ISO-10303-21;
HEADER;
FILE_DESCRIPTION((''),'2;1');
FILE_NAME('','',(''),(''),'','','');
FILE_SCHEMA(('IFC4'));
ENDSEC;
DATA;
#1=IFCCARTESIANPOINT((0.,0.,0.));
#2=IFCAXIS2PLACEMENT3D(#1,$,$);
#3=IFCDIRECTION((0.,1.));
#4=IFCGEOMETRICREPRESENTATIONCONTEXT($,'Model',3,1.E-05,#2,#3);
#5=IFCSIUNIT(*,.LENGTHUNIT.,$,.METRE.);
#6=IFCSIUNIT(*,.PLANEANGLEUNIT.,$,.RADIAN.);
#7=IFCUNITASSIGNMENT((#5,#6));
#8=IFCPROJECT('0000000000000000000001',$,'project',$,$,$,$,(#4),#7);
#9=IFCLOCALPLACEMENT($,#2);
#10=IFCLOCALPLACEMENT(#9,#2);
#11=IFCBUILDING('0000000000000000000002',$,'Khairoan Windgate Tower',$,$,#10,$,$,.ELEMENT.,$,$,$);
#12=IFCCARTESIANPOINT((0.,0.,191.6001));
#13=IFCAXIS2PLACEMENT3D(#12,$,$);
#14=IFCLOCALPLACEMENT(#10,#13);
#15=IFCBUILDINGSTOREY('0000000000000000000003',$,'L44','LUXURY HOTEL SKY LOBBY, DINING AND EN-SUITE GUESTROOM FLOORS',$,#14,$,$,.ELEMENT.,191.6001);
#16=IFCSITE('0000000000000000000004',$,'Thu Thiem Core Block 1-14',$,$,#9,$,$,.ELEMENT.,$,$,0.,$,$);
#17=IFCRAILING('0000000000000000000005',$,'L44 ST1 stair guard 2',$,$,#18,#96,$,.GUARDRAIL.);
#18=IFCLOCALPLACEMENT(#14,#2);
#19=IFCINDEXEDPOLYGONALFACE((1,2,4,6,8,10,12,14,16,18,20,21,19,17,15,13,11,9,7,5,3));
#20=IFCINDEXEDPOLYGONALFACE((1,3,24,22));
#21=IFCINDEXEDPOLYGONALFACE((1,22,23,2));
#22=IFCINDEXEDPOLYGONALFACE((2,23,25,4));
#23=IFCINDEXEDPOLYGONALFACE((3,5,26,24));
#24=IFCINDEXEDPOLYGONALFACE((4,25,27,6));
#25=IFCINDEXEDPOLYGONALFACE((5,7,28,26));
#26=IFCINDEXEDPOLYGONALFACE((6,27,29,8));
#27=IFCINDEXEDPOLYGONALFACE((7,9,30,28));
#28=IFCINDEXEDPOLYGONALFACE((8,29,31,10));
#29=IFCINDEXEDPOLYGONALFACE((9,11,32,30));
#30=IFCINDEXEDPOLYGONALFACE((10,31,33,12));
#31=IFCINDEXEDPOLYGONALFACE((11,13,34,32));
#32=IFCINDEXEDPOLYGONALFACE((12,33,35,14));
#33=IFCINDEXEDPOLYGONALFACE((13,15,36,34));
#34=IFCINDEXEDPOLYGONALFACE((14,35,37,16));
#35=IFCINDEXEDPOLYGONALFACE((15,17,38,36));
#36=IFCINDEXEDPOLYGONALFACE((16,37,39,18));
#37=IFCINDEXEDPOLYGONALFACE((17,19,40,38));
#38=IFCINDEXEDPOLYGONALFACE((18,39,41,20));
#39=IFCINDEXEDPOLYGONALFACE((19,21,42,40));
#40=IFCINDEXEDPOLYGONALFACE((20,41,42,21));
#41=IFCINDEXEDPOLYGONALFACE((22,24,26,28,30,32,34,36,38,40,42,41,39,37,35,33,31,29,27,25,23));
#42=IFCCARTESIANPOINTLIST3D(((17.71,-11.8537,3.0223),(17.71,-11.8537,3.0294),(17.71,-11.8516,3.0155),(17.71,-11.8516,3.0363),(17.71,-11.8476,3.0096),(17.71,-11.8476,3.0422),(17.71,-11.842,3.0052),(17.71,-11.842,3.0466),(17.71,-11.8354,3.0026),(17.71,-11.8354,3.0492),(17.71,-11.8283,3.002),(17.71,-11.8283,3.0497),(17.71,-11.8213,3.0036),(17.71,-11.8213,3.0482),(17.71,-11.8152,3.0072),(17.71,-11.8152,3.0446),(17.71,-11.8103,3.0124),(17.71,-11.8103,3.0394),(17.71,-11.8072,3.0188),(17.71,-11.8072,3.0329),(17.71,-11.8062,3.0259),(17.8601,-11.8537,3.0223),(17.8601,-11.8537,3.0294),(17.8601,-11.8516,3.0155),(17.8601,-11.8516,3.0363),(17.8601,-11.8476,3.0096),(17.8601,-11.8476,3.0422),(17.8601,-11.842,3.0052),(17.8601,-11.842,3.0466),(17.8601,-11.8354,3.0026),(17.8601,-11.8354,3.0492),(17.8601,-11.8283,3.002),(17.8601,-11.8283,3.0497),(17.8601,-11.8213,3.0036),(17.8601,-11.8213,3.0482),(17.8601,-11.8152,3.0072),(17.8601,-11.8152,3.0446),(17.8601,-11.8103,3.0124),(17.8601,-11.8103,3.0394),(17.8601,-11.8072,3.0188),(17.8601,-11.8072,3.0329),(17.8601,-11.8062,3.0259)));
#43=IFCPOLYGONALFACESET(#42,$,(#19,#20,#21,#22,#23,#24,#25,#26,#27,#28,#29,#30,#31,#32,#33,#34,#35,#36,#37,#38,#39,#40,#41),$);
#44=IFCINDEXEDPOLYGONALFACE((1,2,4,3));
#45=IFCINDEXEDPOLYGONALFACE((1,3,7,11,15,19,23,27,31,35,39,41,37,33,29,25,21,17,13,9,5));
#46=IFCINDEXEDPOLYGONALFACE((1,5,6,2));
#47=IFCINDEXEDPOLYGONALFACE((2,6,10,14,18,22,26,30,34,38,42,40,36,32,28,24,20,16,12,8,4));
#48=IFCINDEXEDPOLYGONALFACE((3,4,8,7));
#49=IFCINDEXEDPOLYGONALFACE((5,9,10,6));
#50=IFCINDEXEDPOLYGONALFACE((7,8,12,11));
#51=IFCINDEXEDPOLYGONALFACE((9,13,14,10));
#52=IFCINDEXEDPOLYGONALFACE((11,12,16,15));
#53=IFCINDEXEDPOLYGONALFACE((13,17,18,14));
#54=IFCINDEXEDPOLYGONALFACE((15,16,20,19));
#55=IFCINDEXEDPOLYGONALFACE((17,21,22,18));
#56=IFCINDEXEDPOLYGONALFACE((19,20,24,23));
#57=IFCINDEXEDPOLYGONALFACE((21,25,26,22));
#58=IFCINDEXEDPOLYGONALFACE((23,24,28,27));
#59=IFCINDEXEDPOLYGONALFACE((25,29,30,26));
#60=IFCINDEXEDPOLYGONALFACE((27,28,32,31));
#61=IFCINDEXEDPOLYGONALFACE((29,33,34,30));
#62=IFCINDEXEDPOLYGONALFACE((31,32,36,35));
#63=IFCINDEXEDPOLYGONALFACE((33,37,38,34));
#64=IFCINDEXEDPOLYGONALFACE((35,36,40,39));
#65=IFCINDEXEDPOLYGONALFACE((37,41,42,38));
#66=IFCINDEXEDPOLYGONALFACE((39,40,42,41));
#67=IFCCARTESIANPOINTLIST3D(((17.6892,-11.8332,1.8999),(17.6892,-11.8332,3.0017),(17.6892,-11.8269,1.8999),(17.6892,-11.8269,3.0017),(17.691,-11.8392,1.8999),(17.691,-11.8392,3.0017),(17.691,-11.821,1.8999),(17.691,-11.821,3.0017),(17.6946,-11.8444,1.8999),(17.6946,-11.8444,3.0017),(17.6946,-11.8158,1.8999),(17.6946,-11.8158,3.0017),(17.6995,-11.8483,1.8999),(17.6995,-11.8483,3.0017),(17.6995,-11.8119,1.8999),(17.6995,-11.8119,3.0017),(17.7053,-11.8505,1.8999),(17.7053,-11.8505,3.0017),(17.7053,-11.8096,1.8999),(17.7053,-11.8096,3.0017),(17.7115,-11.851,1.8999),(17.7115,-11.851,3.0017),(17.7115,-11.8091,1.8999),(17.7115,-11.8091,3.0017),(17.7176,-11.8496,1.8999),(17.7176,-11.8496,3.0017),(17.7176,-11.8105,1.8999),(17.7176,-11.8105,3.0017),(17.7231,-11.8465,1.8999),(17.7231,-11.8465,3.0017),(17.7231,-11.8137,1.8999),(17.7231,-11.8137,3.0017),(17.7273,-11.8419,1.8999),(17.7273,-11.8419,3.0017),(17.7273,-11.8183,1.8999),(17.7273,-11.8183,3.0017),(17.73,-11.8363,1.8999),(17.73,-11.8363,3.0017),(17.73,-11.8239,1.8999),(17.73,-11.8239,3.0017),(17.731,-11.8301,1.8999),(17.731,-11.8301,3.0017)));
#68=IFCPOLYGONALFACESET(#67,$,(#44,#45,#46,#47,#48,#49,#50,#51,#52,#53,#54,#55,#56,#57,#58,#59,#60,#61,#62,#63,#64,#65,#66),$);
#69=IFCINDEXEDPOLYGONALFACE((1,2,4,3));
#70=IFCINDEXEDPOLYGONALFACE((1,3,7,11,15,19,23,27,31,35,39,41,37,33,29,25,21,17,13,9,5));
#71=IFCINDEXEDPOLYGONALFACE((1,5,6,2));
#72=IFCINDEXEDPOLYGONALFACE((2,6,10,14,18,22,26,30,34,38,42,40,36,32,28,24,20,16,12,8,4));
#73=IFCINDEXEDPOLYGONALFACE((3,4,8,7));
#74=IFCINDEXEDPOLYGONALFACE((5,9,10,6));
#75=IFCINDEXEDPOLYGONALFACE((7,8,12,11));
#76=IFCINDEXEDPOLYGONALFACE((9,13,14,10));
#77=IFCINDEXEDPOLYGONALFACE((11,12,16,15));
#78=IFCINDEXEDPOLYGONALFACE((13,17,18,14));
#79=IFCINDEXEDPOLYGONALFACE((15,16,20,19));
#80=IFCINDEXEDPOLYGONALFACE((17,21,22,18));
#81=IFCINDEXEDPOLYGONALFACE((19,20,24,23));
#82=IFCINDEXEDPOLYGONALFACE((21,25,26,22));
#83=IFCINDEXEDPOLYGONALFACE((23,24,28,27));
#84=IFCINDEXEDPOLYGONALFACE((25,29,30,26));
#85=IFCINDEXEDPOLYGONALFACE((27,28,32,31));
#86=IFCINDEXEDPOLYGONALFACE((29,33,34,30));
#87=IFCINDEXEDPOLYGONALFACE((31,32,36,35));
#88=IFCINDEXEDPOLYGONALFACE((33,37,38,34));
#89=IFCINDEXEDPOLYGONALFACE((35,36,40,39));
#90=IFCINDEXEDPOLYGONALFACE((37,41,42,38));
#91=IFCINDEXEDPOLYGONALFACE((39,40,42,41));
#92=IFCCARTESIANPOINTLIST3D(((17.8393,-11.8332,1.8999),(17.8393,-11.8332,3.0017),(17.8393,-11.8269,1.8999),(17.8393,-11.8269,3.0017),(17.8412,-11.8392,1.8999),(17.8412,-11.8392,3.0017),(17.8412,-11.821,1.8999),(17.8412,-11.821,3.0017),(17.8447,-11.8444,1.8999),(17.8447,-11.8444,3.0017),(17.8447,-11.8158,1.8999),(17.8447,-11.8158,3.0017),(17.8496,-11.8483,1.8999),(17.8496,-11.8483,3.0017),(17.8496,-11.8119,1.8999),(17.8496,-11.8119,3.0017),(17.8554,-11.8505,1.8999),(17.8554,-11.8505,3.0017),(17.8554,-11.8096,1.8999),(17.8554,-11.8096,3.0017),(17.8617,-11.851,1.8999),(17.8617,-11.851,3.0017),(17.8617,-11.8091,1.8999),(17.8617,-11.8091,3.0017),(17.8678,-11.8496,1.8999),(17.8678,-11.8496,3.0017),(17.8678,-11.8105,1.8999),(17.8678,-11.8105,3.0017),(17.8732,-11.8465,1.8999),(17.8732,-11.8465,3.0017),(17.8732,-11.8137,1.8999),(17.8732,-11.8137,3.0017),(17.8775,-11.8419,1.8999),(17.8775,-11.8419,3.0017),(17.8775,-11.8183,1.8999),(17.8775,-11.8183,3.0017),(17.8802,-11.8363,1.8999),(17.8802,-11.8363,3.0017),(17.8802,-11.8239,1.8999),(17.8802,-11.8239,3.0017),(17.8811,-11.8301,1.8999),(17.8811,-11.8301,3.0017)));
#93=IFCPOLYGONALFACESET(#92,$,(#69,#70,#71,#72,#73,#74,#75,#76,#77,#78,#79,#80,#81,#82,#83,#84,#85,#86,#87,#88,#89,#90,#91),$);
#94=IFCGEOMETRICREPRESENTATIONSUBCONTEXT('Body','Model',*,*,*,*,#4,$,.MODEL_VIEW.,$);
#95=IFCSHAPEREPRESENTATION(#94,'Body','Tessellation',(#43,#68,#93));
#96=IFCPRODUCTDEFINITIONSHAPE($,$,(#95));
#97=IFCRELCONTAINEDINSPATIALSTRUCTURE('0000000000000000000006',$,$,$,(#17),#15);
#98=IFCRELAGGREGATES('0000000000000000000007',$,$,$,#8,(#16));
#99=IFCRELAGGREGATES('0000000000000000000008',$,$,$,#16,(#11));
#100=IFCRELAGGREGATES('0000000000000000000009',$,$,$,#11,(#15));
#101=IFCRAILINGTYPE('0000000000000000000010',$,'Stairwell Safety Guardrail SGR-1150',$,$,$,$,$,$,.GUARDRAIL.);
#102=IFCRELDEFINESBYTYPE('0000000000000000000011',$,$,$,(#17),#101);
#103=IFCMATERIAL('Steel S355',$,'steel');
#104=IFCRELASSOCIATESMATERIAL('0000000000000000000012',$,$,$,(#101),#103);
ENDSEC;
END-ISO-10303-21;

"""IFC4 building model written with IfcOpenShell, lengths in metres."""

from ifc_helpers import new_model, si_unit, direction, frame, origin, origin_2d, place, context, subcontext, project, spatial, circle, extrude, material, type_object, element, save


model = new_model("IFC4")

# Units and contexts
model_context = context("Model", 3, precision=1e-05, world=origin(), true_north=direction((0.0, 1.0)))
body_context = subcontext(model_context, "Body", "Model", "MODEL_VIEW")
ifc_project = project(units=[si_unit("LENGTHUNIT", "METRE"), si_unit("PLANEANGLEUNIT", "RADIAN")], contexts=[model_context])

# Site, building, storey
site_placement = place(None, origin())
site = spatial("IfcSite", under=ifc_project, at=site_placement, Name="Thu Thiem Core Block 1-14", CompositionType="ELEMENT", RefElevation=0.0)
building_placement = place(site_placement, origin())
building = spatial("IfcBuilding", under=site, at=building_placement, Name="Khairoan Windgate Tower", CompositionType="ELEMENT")
storey_placement = place(building_placement, frame((0.0, 0.0, 191.6001)))
storey = spatial("IfcBuildingStorey", under=building, at=storey_placement, Name="L44", Description="LUXURY HOTEL SKY LOBBY, DINING AND EN-SUITE GUESTROOM FLOORS", CompositionType="ELEMENT", Elevation=191.6001)

# Railing
ifc_material_1 = material(Name="Steel S355", Category="steel")
railing_type_1 = type_object("IfcRailingType", Name="Stairwell Safety Guardrail SGR-1150", PredefinedType="GUARDRAIL", material=ifc_material_1)
railing_1_placement = place(storey_placement, frame((17.71, -11.8301, 1.8999)))
element("IfcRailing", 1, at=railing_1_placement, inside=storey, type_object=railing_type_1, Name="L44 ST1 stair guard 2", PredefinedType="GUARDRAIL", context=body_context, shape_type="SweptSolid", body=[
    extrude(circle(Radius=0.0239, at=origin_2d()), frame((0.0, 0.0, 1.126), z_axis=(1.0, 0.0, 0.0), x_axis=(0.0, 1.0, 0.0)), (0.0, 0.0, 1.0), 0.1501),
    extrude(circle(Radius=0.021, at=origin_2d()), origin(), (0.0, 0.0, 1.0), 1.1018),
    extrude(circle(Radius=0.021, at=origin_2d()), frame((0.1501, 0.0, 0.0)), (0.0, 0.0, 1.0), 1.1018),
])

save(model, "model.ifc")
